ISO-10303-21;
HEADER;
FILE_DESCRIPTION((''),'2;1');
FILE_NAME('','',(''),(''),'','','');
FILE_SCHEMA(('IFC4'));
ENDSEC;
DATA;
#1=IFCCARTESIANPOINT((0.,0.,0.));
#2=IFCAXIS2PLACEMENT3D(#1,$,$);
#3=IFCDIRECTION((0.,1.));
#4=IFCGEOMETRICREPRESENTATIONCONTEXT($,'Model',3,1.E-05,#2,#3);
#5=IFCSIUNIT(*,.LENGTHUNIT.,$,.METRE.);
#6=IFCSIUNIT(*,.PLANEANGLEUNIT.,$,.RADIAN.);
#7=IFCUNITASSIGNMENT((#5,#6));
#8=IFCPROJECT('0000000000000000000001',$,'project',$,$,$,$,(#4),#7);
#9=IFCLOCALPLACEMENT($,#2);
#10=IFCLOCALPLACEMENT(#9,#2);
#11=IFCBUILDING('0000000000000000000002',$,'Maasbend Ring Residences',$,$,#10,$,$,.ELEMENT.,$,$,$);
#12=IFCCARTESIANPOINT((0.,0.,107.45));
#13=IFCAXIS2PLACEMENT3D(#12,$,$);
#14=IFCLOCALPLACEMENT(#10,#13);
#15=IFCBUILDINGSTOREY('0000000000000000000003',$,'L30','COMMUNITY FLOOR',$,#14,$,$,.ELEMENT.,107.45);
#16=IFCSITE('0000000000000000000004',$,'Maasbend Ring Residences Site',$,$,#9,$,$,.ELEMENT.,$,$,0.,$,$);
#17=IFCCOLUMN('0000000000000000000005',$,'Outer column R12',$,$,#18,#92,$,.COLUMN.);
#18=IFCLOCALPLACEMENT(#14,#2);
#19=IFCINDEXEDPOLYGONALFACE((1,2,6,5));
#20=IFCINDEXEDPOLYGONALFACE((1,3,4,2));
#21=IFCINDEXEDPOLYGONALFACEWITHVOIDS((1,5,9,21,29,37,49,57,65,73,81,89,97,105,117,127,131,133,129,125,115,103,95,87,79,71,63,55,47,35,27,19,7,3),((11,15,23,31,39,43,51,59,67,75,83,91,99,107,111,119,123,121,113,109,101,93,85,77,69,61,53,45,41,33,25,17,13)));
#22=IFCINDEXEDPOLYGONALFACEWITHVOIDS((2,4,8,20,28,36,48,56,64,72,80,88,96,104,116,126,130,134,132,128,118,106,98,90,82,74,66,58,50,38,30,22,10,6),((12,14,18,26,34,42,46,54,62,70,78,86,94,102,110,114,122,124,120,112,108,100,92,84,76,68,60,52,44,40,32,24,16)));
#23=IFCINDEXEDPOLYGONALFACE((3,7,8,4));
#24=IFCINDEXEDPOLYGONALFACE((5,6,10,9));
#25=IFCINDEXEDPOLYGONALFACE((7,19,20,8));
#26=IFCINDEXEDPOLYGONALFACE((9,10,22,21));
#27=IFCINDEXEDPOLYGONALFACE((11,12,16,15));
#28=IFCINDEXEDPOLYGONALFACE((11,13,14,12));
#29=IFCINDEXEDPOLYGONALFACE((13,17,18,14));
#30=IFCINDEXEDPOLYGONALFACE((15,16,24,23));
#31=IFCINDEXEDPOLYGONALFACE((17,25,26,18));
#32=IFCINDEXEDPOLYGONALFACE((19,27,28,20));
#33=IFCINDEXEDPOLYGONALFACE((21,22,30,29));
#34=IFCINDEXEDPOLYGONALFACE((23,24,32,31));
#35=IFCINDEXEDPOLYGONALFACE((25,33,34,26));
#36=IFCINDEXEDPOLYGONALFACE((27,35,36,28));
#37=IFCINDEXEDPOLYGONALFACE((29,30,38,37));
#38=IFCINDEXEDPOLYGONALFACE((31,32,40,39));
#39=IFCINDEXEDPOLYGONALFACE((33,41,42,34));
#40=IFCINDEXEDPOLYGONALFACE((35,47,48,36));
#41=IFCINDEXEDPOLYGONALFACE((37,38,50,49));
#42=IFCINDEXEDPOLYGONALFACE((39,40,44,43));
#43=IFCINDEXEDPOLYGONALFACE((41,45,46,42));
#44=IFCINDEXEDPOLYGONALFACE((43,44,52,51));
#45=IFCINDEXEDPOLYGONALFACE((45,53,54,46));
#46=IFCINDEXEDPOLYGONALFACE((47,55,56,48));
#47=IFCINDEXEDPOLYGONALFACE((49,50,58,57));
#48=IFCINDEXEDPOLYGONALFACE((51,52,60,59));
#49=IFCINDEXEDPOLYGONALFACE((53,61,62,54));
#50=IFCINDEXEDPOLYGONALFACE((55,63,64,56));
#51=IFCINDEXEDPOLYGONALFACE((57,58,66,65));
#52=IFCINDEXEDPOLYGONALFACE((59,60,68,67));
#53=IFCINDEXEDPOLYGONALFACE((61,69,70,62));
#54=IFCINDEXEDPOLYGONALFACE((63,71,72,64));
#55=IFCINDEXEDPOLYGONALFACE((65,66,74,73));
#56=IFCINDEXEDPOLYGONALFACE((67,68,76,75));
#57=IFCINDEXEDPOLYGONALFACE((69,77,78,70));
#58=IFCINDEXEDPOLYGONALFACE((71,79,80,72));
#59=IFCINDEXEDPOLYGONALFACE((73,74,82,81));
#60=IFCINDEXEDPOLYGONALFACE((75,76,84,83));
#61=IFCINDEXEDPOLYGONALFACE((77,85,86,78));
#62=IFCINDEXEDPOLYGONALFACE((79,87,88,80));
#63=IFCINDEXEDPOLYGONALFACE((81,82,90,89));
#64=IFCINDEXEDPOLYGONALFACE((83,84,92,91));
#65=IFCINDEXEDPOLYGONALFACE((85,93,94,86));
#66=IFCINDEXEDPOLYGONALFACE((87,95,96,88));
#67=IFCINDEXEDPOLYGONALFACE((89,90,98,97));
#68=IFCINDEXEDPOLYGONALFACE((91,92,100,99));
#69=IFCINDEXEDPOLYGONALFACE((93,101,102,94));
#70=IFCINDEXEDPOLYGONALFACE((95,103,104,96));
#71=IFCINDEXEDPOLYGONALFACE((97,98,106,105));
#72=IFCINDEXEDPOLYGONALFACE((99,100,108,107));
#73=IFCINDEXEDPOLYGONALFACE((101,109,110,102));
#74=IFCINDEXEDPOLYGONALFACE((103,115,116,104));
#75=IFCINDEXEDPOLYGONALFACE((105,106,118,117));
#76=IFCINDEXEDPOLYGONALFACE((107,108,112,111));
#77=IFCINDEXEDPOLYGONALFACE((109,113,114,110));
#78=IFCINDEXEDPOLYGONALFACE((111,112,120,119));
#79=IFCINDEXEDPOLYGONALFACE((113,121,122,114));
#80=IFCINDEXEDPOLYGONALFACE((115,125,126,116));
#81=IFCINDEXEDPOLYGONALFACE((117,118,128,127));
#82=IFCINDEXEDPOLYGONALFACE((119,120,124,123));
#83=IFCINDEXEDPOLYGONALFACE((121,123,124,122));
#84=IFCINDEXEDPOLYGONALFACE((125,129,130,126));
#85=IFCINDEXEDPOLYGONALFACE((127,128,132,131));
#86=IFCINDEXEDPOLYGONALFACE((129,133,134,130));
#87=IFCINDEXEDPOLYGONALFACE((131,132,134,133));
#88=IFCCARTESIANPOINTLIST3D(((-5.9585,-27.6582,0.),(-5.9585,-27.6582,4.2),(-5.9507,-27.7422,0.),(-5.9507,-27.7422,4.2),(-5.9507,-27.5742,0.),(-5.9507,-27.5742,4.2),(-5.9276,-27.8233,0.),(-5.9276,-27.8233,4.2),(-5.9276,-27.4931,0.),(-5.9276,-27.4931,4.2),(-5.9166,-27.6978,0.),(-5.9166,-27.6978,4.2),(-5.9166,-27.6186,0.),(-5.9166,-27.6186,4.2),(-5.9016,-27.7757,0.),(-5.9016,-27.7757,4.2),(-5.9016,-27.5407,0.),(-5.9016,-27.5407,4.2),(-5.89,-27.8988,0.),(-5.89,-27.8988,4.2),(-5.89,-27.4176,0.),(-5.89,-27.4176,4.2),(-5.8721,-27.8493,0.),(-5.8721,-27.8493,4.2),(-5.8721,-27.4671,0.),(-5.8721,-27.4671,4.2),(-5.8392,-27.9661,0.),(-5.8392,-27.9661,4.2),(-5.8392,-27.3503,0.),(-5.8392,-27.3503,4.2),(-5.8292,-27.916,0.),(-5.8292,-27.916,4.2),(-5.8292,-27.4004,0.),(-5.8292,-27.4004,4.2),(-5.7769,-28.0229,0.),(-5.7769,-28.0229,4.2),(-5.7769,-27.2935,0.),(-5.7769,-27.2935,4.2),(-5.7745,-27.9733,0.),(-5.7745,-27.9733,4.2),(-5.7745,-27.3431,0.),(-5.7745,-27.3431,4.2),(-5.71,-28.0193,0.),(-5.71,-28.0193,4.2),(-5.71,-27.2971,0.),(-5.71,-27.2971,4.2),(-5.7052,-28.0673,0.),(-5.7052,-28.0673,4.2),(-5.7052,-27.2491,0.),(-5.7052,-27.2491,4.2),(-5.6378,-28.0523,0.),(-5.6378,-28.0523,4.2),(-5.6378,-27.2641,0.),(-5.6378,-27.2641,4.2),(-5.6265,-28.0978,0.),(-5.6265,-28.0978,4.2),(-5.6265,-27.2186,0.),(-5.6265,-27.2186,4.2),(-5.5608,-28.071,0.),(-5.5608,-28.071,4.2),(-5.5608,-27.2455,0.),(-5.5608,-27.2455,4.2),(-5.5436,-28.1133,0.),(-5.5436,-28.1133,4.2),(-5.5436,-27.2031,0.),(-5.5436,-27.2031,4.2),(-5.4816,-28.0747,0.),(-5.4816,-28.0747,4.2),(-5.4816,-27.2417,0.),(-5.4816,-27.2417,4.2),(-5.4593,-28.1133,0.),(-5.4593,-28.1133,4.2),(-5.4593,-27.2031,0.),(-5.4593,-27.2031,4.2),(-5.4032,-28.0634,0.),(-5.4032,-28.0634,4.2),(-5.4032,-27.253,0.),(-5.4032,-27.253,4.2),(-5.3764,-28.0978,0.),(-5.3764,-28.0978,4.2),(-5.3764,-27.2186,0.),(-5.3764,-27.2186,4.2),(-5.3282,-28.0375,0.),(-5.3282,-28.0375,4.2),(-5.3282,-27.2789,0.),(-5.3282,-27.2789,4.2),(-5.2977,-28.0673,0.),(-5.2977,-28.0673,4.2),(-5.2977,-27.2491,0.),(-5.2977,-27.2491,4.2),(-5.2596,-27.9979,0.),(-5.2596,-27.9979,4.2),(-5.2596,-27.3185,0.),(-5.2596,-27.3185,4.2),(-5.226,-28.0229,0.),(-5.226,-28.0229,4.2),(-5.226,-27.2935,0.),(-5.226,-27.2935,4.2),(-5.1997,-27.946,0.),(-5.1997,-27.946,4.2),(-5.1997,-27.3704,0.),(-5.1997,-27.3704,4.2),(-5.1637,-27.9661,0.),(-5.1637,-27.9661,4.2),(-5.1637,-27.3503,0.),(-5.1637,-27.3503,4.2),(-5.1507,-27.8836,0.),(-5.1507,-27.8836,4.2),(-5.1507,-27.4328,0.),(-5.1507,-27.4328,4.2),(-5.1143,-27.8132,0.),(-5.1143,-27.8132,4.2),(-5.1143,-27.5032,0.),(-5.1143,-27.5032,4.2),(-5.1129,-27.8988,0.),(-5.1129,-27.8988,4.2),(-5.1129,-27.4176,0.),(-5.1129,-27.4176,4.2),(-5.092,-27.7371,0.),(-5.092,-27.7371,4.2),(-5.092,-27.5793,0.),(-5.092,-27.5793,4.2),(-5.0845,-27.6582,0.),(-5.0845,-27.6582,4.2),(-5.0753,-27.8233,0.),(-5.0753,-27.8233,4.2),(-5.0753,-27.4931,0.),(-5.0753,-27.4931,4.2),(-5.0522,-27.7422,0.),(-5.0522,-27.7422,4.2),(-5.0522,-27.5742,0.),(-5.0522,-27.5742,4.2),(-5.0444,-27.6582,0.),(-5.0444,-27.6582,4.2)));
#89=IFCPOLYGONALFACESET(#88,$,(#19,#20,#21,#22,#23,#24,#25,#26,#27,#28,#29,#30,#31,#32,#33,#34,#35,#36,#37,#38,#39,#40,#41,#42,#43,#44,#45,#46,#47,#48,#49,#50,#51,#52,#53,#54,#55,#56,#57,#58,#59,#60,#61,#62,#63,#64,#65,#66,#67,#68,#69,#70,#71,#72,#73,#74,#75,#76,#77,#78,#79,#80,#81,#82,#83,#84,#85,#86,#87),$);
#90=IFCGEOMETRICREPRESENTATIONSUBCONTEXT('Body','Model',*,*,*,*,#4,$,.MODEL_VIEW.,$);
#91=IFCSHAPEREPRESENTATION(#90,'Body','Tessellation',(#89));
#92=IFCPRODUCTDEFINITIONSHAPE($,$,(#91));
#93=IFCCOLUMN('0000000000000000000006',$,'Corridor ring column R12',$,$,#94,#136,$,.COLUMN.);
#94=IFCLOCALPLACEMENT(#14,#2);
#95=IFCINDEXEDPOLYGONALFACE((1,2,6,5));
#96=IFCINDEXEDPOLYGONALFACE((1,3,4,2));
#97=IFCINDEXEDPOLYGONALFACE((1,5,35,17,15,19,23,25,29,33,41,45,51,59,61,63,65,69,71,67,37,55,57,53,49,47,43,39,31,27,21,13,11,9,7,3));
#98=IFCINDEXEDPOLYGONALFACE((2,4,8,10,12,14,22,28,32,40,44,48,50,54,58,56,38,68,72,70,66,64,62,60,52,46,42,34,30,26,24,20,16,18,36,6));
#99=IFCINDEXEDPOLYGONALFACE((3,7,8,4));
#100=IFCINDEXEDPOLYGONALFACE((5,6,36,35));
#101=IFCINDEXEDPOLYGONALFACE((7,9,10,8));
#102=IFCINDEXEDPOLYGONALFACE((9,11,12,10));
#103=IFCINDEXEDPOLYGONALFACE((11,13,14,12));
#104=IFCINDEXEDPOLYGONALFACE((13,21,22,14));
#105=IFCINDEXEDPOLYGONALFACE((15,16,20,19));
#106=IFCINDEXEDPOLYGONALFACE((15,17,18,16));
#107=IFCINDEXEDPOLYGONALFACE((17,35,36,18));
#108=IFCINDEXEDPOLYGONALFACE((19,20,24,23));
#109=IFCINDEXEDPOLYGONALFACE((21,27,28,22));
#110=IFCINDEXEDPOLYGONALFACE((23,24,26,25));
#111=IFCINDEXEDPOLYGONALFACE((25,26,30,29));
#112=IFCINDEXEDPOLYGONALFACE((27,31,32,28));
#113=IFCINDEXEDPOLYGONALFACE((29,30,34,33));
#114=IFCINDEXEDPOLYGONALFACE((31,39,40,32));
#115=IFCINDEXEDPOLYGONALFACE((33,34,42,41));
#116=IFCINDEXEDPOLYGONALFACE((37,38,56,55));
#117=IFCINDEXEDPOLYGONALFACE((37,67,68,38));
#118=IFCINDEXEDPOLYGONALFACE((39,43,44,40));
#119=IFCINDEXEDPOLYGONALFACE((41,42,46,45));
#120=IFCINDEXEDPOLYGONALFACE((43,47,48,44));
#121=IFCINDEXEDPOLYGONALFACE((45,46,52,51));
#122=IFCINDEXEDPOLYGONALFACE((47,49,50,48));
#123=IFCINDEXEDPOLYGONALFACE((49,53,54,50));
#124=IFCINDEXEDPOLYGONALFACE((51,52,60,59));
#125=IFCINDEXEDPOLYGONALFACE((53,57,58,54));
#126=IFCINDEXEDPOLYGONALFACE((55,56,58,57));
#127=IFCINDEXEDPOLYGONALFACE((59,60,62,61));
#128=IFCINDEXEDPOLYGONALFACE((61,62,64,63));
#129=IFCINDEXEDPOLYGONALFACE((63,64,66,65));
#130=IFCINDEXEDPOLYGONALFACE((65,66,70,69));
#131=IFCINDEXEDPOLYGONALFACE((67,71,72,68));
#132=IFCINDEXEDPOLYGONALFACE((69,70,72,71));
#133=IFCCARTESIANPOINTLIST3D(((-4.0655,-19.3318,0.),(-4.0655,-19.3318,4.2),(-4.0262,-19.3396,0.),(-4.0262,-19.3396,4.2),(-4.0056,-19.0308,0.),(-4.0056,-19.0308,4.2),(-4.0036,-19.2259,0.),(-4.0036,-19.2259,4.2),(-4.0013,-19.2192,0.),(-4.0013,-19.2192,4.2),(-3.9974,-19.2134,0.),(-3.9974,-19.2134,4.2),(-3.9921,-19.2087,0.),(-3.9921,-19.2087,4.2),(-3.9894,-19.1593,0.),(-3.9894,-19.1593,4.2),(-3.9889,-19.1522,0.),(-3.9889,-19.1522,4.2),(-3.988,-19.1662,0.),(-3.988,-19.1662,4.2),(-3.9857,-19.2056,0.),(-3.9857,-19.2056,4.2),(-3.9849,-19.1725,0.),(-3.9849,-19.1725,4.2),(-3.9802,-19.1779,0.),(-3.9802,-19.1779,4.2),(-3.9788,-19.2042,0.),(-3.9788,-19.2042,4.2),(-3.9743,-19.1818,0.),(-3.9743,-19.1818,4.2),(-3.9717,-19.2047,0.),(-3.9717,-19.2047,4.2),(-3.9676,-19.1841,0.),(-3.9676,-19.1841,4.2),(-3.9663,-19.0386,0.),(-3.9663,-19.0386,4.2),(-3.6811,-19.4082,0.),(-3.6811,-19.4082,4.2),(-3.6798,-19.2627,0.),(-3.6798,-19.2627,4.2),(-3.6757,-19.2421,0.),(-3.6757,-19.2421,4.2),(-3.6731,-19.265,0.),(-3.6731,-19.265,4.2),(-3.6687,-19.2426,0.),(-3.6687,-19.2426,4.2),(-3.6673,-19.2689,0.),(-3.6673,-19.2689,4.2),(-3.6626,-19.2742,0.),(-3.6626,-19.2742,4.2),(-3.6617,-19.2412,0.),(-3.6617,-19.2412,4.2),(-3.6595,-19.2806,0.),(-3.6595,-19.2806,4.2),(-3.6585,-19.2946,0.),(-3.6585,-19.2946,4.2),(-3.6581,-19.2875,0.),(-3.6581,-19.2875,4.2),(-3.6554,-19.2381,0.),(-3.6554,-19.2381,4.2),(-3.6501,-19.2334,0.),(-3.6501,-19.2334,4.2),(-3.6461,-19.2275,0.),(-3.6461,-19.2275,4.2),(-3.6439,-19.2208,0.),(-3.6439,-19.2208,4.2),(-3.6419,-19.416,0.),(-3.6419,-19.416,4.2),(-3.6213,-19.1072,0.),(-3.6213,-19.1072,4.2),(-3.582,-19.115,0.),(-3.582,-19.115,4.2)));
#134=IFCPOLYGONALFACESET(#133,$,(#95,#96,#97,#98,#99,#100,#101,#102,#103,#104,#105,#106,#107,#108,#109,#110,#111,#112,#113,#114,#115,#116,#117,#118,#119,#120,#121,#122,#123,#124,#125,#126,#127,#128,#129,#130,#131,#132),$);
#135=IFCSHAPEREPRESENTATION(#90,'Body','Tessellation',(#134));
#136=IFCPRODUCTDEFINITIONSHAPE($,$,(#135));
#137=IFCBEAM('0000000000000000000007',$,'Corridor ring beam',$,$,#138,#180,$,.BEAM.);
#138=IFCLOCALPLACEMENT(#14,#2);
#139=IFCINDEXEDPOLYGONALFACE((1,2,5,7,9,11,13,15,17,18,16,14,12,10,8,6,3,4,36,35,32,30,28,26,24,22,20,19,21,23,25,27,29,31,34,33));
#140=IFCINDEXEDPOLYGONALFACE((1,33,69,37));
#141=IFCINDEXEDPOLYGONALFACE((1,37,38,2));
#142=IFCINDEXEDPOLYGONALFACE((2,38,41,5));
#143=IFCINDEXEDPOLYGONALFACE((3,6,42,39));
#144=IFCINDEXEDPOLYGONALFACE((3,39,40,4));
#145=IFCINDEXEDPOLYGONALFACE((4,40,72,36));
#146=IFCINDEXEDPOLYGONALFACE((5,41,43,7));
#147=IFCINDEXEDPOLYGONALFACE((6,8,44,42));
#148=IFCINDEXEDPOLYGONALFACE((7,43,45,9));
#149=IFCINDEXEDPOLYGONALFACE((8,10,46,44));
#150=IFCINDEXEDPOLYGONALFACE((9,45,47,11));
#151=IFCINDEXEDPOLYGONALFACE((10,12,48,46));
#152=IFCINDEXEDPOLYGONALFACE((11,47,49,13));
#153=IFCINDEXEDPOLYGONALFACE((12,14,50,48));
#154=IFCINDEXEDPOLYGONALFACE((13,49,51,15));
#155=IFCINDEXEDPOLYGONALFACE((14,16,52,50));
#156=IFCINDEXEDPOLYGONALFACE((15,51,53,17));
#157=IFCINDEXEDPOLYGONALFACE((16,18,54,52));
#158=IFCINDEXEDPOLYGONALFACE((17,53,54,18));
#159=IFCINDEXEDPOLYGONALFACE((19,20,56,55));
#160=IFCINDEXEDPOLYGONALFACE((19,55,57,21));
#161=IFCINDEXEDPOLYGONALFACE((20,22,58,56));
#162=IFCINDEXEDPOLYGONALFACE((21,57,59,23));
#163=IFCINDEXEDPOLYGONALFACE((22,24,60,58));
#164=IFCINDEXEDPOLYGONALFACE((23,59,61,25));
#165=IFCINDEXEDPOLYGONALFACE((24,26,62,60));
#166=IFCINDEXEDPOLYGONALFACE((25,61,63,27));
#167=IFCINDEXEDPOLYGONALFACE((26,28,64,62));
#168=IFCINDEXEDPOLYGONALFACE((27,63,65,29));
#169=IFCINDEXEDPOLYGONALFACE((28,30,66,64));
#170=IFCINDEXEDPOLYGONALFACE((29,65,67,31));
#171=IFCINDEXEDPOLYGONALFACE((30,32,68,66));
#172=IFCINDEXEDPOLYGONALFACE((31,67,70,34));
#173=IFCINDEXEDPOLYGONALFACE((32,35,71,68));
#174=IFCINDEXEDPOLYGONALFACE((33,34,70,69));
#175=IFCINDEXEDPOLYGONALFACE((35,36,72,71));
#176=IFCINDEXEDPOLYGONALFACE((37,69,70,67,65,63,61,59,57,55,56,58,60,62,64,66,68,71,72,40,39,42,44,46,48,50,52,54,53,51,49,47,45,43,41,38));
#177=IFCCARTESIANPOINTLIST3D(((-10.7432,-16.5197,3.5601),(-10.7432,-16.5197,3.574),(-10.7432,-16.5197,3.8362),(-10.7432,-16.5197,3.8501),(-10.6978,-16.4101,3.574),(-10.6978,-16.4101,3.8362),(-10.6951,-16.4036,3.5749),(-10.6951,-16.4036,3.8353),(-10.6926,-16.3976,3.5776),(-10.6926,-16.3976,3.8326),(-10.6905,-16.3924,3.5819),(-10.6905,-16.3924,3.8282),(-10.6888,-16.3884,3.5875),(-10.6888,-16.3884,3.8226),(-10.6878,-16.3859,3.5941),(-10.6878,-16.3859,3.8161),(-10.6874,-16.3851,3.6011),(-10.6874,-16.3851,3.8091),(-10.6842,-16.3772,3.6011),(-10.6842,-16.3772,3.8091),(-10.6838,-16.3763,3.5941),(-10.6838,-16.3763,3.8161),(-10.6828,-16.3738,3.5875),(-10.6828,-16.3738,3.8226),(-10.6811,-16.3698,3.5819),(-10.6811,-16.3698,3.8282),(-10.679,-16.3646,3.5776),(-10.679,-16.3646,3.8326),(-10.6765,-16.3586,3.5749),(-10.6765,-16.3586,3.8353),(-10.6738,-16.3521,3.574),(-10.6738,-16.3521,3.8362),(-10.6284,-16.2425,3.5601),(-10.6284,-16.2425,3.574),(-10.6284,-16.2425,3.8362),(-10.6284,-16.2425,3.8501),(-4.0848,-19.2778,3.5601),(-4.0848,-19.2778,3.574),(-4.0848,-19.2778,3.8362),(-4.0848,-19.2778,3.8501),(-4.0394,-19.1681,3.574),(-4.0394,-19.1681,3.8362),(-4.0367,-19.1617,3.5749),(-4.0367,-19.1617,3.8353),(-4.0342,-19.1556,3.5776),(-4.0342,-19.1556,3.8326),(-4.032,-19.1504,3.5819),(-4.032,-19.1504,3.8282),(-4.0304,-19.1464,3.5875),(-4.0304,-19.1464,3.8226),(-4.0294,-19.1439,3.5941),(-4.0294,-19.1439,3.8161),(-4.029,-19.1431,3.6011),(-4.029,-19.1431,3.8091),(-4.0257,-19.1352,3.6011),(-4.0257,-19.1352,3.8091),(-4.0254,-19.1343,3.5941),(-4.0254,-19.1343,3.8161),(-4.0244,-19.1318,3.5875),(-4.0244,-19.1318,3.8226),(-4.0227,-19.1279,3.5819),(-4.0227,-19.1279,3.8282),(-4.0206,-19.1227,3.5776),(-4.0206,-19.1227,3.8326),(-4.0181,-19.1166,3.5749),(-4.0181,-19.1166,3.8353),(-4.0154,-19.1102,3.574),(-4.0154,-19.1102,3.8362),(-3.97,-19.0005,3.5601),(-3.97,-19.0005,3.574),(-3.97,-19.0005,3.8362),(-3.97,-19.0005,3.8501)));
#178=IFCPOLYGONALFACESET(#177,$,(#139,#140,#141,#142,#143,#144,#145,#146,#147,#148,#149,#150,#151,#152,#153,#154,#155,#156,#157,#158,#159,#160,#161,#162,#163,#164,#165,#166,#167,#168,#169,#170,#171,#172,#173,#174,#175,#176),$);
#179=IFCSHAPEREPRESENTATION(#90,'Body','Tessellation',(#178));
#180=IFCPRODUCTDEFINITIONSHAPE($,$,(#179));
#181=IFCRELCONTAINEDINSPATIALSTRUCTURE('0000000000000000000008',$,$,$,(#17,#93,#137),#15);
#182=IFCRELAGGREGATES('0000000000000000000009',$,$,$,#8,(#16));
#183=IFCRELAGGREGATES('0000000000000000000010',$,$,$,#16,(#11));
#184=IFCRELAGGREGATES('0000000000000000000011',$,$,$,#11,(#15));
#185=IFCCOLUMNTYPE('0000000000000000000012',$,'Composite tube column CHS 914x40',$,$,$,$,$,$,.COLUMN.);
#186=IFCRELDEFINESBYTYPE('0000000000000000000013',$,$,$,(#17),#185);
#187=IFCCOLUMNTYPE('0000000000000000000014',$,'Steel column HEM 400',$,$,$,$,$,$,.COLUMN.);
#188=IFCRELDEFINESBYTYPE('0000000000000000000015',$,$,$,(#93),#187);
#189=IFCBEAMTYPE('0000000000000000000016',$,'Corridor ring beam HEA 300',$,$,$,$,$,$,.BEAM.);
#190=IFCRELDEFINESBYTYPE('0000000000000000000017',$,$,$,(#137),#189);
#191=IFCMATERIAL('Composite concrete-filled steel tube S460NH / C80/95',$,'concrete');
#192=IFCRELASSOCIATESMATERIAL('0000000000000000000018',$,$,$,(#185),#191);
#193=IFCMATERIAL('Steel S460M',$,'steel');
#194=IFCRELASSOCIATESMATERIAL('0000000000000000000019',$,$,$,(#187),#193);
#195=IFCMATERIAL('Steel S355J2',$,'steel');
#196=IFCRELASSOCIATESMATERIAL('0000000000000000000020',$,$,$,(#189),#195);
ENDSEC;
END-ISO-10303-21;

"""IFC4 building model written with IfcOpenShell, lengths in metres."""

from ifc_helpers import new_model, si_unit, direction, frame, origin, origin_2d, place, context, subcontext, project, spatial, hollow_circle, i_section, extrude, material, material_profile, profile_set, type_object, element, save


model = new_model("IFC4")

# Units and contexts
model_context = context("Model", 3, precision=1e-05, world=origin(), true_north=direction((0.0, 1.0)))
body_context = subcontext(model_context, "Body", "Model", "MODEL_VIEW")
ifc_project = project(units=[si_unit("LENGTHUNIT", "METRE"), si_unit("PLANEANGLEUNIT", "RADIAN")], contexts=[model_context])

# Site, building, storey
site_placement = place(None, origin())
site = spatial("IfcSite", under=ifc_project, at=site_placement, Name="Maasbend Ring Residences Site", CompositionType="ELEMENT", RefElevation=0.0)
building_placement = place(site_placement, origin())
building = spatial("IfcBuilding", under=site, at=building_placement, Name="Maasbend Ring Residences", CompositionType="ELEMENT")
storey_placement = place(building_placement, frame((0.0, 0.0, 107.45)))
storey = spatial("IfcBuildingStorey", under=building, at=storey_placement, Name="L30", Description="COMMUNITY FLOOR", CompositionType="ELEMENT", Elevation=107.45)

# Columns
ifc_material_1 = material(Name="Composite concrete-filled steel tube S460NH / C80/95", Category="concrete")
ifc_material_profile_1 = material_profile(ifc_material_1, hollow_circle(Radius=0.457, WallThickness=0.04, at=origin_2d()), Name="Composite tube column CHS 914x40")
ifc_profile_set_1 = profile_set([ifc_material_profile_1], Name="Composite concrete-filled steel tube S460NH / C80/95")
column_type_1 = type_object("IfcColumnType", Name="Composite tube column CHS 914x40", PredefinedType="COLUMN", material=ifc_profile_set_1)
column_1_placement = place(storey_placement, frame((-5.5015, -27.6582, 0.0), z_axis=(0.0, 0.0, 1.0), x_axis=(1.0, 0.0, 0.0)))
element("IfcColumn", 1, at=column_1_placement, inside=storey, type_object=column_type_1, Name="Outer column R12", PredefinedType="COLUMN", context=body_context, shape_type="SweptSolid", body=[
    extrude(hollow_circle(Radius=0.457, WallThickness=0.04, at=origin_2d()), origin(), (0.0, 0.0, 1.0), 4.2),
])
ifc_material_2 = material(Name="Steel S460M", Category="steel")
ifc_material_profile_2 = material_profile(ifc_material_2, i_section(OverallWidth=0.3069, OverallDepth=0.4319, WebThickness=0.021, FlangeThickness=0.04, FilletRadius=0.0271, at=origin_2d()), Name="HEM 400")
ifc_profile_set_2 = profile_set([ifc_material_profile_2], Name="Steel S460M")
column_type_2 = type_object("IfcColumnType", Name="Steel column HEM 400", PredefinedType="COLUMN", material=ifc_profile_set_2)
column_2_placement = place(storey_placement, frame((-3.8237, -19.2234, 0.0), z_axis=(0.0, 0.0, 1.0), x_axis=(-0.19509, -0.980785, 0.0)))
element("IfcColumn", 2, at=column_2_placement, inside=storey, type_object=column_type_2, Name="Corridor ring column R12", PredefinedType="COLUMN", context=body_context, shape_type="SweptSolid", body=[
    extrude(i_section(OverallWidth=0.3069, OverallDepth=0.4319, WebThickness=0.021, FlangeThickness=0.04, FilletRadius=0.0271, at=origin_2d()), origin(), (0.0, 0.0, 1.0), 4.2),
])

# Beam
ifc_material_3 = material(Name="Steel S355J2", Category="steel")
ifc_material_profile_3 = material_profile(ifc_material_3, i_section(OverallWidth=0.3, OverallDepth=0.29, WebThickness=0.0085, FlangeThickness=0.0139, FilletRadius=0.0271, at=origin_2d()), Name="HEA 300")
ifc_profile_set_3 = profile_set([ifc_material_profile_3], Name="Steel S355J2")
beam_type_1 = type_object("IfcBeamType", Name="Corridor ring beam HEA 300", PredefinedType="BEAM", material=ifc_profile_set_3)
for number, where, z_axis, x_axis, name in (
    (3, (-10.6858, -16.3811, 3.7051), (0.923878, -0.382688, 0.0), (0.382688, 0.923878, 0.0), "Corridor ring beam"),
):
    element("IfcBeam", number, at=place(storey_placement, frame(where, z_axis=z_axis, x_axis=x_axis)), inside=storey, type_object=beam_type_1, Name=name, PredefinedType="BEAM", context=body_context, shape_type="SweptSolid", body=[
        extrude(i_section(OverallWidth=0.3, OverallDepth=0.29, WebThickness=0.0085, FlangeThickness=0.0139, FilletRadius=0.0271, at=origin_2d()), origin(), (0.0, 0.0, 1.0), 7.207),
    ])

save(model, "model.ifc")
